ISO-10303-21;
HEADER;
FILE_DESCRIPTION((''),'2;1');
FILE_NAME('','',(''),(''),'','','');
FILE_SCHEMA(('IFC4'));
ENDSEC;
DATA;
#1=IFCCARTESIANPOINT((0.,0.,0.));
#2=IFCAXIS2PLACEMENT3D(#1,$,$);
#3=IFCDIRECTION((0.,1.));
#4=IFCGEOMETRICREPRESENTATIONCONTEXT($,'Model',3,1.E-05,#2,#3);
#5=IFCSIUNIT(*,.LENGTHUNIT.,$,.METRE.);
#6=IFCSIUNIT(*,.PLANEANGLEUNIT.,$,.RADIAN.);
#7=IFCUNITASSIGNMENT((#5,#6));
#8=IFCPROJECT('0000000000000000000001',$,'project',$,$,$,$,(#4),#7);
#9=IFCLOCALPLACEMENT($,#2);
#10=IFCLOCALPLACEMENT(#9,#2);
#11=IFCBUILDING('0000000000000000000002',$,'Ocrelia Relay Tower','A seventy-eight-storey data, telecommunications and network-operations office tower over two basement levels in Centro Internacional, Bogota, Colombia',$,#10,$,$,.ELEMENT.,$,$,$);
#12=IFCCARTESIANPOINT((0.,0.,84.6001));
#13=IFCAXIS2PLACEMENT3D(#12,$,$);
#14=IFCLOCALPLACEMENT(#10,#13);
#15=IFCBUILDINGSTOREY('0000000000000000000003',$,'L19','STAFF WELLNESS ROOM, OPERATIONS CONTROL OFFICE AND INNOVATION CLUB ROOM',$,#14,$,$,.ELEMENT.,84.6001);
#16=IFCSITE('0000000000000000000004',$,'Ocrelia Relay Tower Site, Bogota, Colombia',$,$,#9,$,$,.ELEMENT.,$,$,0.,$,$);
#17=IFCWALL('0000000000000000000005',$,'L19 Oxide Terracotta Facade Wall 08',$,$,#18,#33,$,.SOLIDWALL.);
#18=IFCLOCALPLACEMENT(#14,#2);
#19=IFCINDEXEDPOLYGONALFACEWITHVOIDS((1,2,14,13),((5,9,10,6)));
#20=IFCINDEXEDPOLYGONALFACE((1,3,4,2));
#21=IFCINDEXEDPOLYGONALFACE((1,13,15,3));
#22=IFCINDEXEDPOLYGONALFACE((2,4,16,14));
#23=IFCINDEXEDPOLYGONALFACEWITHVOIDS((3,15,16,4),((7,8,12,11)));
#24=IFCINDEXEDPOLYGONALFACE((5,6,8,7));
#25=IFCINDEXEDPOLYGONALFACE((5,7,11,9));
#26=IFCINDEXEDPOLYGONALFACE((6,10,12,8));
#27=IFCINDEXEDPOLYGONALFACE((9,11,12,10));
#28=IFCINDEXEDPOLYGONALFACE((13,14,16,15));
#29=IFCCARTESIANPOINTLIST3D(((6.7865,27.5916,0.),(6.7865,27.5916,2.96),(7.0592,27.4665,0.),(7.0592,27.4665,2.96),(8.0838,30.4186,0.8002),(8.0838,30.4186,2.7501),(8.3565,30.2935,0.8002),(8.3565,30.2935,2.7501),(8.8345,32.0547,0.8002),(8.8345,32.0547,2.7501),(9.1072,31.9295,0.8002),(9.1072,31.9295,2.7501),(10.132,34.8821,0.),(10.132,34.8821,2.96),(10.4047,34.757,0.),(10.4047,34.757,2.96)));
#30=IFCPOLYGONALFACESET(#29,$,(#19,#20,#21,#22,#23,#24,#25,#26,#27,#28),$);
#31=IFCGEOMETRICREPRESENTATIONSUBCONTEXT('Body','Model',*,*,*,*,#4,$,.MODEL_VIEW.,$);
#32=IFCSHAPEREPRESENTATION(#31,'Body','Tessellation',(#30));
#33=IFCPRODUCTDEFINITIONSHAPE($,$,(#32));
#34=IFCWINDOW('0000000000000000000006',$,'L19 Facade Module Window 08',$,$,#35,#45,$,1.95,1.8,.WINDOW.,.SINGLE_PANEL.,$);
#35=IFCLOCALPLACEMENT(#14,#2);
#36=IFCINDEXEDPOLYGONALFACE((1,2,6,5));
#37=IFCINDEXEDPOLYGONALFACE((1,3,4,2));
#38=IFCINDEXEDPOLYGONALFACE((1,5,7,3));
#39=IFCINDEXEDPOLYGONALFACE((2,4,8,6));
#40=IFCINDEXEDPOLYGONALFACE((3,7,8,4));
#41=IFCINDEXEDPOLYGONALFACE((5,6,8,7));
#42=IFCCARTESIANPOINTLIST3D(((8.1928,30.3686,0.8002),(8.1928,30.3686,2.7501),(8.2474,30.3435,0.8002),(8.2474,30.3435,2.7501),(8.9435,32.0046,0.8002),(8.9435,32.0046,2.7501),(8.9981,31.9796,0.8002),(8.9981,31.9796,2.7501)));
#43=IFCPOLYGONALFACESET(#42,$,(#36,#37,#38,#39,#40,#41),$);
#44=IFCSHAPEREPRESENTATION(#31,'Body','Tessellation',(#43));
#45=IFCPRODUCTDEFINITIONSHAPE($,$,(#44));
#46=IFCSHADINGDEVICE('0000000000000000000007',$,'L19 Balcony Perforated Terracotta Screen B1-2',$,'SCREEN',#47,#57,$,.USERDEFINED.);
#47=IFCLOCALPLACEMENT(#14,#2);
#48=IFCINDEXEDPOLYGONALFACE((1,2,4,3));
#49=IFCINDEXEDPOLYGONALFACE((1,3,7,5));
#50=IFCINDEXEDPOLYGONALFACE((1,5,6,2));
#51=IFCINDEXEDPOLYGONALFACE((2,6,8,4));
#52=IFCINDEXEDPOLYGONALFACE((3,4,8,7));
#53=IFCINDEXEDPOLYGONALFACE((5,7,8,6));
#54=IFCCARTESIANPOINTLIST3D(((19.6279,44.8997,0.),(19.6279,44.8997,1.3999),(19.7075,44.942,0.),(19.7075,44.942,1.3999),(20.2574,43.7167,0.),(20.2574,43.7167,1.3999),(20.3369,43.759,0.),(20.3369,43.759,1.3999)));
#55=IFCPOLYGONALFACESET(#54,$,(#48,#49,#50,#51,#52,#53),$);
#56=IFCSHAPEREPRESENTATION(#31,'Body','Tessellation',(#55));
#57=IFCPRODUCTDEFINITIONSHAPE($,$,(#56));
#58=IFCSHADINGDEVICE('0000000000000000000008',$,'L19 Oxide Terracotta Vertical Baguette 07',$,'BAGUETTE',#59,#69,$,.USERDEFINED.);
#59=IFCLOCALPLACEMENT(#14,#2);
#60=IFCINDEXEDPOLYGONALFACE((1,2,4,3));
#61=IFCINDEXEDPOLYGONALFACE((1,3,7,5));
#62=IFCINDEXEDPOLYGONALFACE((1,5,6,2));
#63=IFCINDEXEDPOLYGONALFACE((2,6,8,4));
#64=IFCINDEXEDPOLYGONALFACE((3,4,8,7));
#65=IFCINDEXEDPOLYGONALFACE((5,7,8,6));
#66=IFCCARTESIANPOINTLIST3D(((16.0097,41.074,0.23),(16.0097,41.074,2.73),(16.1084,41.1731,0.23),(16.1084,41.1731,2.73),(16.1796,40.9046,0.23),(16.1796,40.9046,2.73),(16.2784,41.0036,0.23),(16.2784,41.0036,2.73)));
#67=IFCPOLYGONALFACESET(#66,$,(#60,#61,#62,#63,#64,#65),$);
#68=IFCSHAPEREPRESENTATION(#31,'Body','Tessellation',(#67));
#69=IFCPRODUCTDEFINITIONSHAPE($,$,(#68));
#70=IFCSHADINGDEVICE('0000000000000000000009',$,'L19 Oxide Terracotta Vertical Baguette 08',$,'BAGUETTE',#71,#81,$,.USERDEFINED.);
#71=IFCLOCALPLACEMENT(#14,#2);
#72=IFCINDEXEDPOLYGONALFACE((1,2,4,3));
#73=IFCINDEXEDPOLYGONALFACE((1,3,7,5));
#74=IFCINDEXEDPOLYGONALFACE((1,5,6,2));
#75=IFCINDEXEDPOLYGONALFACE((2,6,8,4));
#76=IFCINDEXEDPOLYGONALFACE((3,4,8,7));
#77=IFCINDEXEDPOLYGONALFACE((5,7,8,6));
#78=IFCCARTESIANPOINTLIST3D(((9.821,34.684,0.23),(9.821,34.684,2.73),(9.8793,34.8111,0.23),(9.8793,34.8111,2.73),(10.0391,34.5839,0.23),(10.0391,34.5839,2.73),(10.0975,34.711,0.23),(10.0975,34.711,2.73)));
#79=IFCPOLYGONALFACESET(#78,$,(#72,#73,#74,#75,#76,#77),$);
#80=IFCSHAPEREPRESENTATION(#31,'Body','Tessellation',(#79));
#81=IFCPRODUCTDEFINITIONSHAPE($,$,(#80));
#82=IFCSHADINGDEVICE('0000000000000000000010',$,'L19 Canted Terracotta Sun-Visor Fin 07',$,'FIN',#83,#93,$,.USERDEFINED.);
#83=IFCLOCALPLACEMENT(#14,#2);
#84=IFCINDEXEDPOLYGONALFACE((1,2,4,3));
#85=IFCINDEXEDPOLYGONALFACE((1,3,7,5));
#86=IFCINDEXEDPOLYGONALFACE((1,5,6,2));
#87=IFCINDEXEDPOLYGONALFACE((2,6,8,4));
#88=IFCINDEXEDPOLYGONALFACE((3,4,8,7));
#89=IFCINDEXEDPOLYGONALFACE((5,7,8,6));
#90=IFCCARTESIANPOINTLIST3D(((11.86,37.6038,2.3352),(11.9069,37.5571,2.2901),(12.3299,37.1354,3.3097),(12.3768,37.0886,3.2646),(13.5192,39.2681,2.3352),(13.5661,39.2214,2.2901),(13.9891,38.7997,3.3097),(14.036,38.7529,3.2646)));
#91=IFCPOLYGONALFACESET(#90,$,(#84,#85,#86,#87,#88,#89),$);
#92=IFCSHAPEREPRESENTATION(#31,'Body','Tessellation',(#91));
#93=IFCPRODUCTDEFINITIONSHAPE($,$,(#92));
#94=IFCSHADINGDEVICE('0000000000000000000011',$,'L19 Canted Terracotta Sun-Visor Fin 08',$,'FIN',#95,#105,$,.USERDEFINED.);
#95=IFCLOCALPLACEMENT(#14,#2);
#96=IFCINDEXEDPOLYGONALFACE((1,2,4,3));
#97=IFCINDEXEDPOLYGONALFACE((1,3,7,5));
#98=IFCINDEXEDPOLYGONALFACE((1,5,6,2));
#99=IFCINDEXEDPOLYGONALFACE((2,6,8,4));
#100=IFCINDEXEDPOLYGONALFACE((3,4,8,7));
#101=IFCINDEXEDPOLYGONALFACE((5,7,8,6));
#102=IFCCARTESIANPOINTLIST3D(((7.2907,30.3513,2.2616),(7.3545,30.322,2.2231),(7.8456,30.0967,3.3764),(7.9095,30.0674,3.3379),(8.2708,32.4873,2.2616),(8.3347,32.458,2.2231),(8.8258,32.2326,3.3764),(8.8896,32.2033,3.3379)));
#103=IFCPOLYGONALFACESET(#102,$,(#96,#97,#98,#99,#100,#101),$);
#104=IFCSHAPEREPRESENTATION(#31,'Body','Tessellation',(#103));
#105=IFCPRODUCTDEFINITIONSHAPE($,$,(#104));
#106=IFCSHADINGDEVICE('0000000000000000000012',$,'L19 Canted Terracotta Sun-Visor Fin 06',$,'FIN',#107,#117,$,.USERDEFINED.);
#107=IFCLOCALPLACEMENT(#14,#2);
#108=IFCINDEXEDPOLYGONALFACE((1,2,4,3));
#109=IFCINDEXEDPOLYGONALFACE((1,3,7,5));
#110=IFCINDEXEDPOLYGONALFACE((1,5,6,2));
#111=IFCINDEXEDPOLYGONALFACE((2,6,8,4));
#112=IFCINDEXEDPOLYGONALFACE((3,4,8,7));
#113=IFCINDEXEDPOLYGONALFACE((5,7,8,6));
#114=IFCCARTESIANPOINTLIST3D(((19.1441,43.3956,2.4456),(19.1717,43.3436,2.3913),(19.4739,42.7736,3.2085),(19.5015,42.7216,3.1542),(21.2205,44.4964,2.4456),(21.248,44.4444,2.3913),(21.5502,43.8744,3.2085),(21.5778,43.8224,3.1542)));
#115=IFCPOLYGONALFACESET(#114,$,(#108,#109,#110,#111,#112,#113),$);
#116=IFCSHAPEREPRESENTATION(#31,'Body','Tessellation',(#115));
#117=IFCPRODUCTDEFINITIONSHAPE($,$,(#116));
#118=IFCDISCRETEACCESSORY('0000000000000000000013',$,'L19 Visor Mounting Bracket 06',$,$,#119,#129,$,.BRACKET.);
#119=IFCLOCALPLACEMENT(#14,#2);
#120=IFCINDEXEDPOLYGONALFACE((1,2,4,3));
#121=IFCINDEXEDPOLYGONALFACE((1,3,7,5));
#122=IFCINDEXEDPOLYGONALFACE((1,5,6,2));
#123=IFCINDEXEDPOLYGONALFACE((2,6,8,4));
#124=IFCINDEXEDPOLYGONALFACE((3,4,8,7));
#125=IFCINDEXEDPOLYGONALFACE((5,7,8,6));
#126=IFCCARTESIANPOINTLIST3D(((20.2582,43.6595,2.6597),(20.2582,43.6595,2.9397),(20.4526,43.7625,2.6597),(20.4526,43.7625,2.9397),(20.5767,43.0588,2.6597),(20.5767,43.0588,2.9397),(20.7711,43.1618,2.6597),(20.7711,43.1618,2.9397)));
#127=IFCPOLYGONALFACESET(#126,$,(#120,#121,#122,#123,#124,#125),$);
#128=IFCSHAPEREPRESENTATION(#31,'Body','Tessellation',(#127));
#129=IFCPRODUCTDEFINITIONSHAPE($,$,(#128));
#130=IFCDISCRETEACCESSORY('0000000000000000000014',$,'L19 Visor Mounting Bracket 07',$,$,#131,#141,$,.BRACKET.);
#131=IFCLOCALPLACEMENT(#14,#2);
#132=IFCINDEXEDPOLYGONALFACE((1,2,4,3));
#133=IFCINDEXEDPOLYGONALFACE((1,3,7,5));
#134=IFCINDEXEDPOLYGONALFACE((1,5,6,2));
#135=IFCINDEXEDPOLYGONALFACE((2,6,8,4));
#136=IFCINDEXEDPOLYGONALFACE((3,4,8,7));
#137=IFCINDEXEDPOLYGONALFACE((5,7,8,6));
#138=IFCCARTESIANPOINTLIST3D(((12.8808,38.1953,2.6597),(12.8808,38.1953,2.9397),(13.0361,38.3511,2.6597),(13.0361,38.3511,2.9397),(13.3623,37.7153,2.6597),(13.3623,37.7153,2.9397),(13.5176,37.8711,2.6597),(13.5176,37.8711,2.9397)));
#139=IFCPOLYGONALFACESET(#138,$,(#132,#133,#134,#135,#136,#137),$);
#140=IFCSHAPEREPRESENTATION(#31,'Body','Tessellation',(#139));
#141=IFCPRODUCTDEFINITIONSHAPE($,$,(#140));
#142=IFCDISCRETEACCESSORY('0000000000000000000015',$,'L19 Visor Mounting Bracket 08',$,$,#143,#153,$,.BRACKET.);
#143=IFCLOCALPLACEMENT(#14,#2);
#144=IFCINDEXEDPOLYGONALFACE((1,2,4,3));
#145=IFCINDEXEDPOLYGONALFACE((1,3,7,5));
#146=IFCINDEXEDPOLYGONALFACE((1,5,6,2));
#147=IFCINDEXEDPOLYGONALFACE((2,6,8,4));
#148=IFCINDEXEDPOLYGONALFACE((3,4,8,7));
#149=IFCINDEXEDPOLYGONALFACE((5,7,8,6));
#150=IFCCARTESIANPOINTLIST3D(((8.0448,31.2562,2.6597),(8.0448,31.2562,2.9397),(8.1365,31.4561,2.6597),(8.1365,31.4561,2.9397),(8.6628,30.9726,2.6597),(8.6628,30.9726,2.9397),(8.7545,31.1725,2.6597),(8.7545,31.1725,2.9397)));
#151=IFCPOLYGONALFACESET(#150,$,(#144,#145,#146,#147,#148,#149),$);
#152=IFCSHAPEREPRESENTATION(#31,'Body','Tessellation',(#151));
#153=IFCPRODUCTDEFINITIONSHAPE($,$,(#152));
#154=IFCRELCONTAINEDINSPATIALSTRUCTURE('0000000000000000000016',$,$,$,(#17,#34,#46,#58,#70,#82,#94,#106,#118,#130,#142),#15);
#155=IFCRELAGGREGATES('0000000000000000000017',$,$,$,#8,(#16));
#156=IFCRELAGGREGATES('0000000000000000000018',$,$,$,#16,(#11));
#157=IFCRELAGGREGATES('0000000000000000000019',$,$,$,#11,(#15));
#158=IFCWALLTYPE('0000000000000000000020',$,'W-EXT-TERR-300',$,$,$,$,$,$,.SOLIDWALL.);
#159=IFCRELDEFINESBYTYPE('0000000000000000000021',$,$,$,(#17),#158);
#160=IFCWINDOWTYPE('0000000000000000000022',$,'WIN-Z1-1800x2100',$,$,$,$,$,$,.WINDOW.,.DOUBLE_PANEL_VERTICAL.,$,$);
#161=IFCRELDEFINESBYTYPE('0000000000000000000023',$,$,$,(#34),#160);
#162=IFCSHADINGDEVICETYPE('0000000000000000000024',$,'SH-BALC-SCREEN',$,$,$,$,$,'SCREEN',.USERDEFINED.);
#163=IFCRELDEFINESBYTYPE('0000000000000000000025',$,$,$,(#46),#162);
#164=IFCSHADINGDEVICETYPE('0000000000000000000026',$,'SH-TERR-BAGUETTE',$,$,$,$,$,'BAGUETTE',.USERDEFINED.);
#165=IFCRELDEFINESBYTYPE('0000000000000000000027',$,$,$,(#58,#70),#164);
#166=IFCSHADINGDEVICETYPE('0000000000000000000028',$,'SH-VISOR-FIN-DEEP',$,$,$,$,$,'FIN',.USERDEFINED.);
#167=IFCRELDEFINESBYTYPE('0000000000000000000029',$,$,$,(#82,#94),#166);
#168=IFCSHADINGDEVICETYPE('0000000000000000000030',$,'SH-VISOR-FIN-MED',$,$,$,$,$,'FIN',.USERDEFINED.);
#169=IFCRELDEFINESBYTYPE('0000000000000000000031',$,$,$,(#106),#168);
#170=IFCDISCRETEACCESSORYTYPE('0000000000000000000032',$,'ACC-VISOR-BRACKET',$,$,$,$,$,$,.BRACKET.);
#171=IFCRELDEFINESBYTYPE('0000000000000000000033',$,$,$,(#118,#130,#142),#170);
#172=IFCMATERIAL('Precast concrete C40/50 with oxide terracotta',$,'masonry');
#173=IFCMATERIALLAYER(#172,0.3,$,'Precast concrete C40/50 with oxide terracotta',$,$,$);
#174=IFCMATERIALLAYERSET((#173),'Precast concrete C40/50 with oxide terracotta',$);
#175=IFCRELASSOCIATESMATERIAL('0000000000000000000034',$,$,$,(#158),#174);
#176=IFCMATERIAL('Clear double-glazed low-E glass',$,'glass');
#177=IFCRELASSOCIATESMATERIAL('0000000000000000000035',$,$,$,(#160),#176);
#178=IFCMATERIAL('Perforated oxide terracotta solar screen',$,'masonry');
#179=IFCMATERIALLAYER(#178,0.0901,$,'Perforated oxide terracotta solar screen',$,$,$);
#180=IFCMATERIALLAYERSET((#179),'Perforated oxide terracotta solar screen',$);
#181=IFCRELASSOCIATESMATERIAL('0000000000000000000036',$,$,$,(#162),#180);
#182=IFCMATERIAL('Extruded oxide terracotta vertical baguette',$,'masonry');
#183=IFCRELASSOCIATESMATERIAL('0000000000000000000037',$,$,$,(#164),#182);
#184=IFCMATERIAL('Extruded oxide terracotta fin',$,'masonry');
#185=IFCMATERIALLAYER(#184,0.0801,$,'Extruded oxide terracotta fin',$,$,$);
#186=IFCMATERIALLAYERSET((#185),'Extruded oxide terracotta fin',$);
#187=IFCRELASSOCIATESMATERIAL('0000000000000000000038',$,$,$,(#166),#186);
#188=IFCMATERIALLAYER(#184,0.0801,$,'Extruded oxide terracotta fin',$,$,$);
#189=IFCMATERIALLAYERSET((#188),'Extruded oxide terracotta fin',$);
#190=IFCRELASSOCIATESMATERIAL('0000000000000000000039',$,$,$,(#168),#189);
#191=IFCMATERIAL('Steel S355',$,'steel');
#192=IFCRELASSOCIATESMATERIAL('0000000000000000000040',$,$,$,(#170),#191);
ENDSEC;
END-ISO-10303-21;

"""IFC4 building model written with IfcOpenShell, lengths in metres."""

from ifc_helpers import new_model, si_unit, direction, frame, frame_2d, origin, origin_2d, place, context, subcontext, project, spatial, rectangle, extrude, material, layer, layer_set, type_object, element, fill, save


model = new_model("IFC4")

# Units and contexts
model_context = context("Model", 3, precision=1e-05, world=origin(), true_north=direction((0.0, 1.0)))
body_context = subcontext(model_context, "Body", "Model", "MODEL_VIEW")
ifc_project = project(units=[si_unit("LENGTHUNIT", "METRE"), si_unit("PLANEANGLEUNIT", "RADIAN")], contexts=[model_context])

# Site, building, storey
site_placement = place(None, origin())
site = spatial("IfcSite", under=ifc_project, at=site_placement, Name="Ocrelia Relay Tower Site, Bogota, Colombia", CompositionType="ELEMENT", RefElevation=0.0)
building_placement = place(site_placement, origin())
building = spatial("IfcBuilding", under=site, at=building_placement, Name="Ocrelia Relay Tower", Description="A seventy-eight-storey data, telecommunications and network-operations office tower over two basement levels in Centro Internacional, Bogota, Colombia", CompositionType="ELEMENT")
storey_placement = place(building_placement, frame((0.0, 0.0, 84.6001)))
storey = spatial("IfcBuildingStorey", under=building, at=storey_placement, Name="L19", Description="STAFF WELLNESS ROOM, OPERATIONS CONTROL OFFICE AND INNOVATION CLUB ROOM", CompositionType="ELEMENT", Elevation=84.6001)

# Shared definitions
ifc_material_1 = material(Name="Steel S355", Category="steel")

# Wall, opening, window
ifc_material_2 = material(Name="Precast concrete C40/50 with oxide terracotta", Category="masonry")
ifc_layer_1 = layer(ifc_material_2, 0.3, Name="Precast concrete C40/50 with oxide terracotta")
ifc_layer_set_1 = layer_set([ifc_layer_1], Name="Precast concrete C40/50 with oxide terracotta")
wall_type_1 = type_object("IfcWallType", Name="W-EXT-TERR-300", PredefinedType="SOLIDWALL", material=ifc_layer_set_1)
ifc_material_3 = material(Name="Clear double-glazed low-E glass", Category="glass")
window_type = type_object("IfcWindowType", Name="WIN-Z1-1800x2100", PartitioningType="DOUBLE_PANEL_VERTICAL", PredefinedType="WINDOW", material=ifc_material_3)
wall_1_placement = place(storey_placement, frame((10.2683, 34.8196, 0.0), z_axis=(0.0, 0.0, 1.0), x_axis=(-0.417063, -0.908877, 0.0)))
wall_1 = element("IfcWall", 1, at=wall_1_placement, inside=storey, type_object=wall_type_1, Name="L19 Oxide Terracotta Facade Wall 08", PredefinedType="SOLIDWALL", context=body_context, shape_type="SweptSolid", body=[
    extrude(rectangle(XDim=8.0215, YDim=0.3, at=frame_2d((4.0107, 0.0))), origin(), (0.0, 0.0, 1.0), 2.96),
])
opening_1_placement = place(wall_1_placement, frame((3.1111, 0.0, 0.8)))
opening_1 = element("IfcOpeningElement", 2, at=opening_1_placement, cuts=wall_1, PredefinedType="OPENING", context=body_context, shape_type="SweptSolid", body=[
    extrude(rectangle(XDim=1.8, YDim=1.95, at=frame_2d((0.8999, 0.9751))), frame((0.0, 0.1602, 0.0), z_axis=(0.0, -1.0, 0.0), x_axis=(1.0, 0.0, 0.0)), (0.0, 0.0, 1.0), 0.3201),
])
window_1_placement = place(opening_1_placement, origin())
window_1 = element("IfcWindow", 3, at=window_1_placement, inside=storey, type_object=window_type, Name="L19 Facade Module Window 08", OverallHeight=1.95, OverallWidth=1.8, PartitioningType="SINGLE_PANEL", PredefinedType="WINDOW", context=body_context, shape_type="SweptSolid", body=[
    extrude(rectangle(XDim=1.8, YDim=1.95, at=frame_2d((0.8999, 0.9751))), frame((0.0, 0.03, 0.0), z_axis=(0.0, -1.0, 0.0), x_axis=(1.0, 0.0, 0.0)), (0.0, 0.0, 1.0), 0.0601),
])
fill(opening_1, window_1)

# Shading devices
ifc_material_4 = material(Name="Perforated oxide terracotta solar screen", Category="masonry")
ifc_layer_2 = layer(ifc_material_4, 0.0901, Name="Perforated oxide terracotta solar screen")
ifc_layer_set_2 = layer_set([ifc_layer_2], Name="Perforated oxide terracotta solar screen")
shading_device_type_1 = type_object("IfcShadingDeviceType", Name="SH-BALC-SCREEN", ElementType="SCREEN", PredefinedType="USERDEFINED", material=ifc_layer_set_2)
shading_device_1_placement = place(storey_placement, frame((19.9824, 44.3293, 0.0), z_axis=(0.0, 0.0, 1.0), x_axis=(-0.46972, 0.882815, 0.0)))
element("IfcShadingDevice", 4, at=shading_device_1_placement, inside=storey, type_object=shading_device_type_1, Name="L19 Balcony Perforated Terracotta Screen B1-2", ObjectType="SCREEN", PredefinedType="USERDEFINED", context=body_context, shape_type="SweptSolid", body=[
    extrude(rectangle(XDim=1.3401, YDim=0.0901, at=origin_2d()), origin(), (0.0, 0.0, 1.0), 1.3999),
])
ifc_material_5 = material(Name="Extruded oxide terracotta vertical baguette", Category="masonry")
shading_device_type_2 = type_object("IfcShadingDeviceType", Name="SH-TERR-BAGUETTE", ElementType="BAGUETTE", PredefinedType="USERDEFINED", material=ifc_material_5)
for number, where, z_axis, x_axis, name in (
    (5, (16.144, 41.0388, 0.23), (0.0, 0.0, 1.0), (-0.706031, -0.708181, 0.0), "L19 Oxide Terracotta Vertical Baguette 07"),
    (6, (9.9592, 34.6975, 0.23), (0.0, 0.0, 1.0), (-0.417064, -0.908877, 0.0), "L19 Oxide Terracotta Vertical Baguette 08"),
):
    element("IfcShadingDevice", number, at=place(storey_placement, frame(where, z_axis=z_axis, x_axis=x_axis)), inside=storey, type_object=shading_device_type_2, Name=name, ObjectType="BAGUETTE", PredefinedType="USERDEFINED", context=body_context, shape_type="SweptSolid", body=[
        extrude(rectangle(XDim=0.1399, YDim=0.24, at=origin_2d()), origin(), (0.0, 0.0, 1.0), 2.5),
    ])
ifc_material_6 = material(Name="Extruded oxide terracotta fin", Category="masonry")
ifc_layer_3 = layer(ifc_material_6, 0.0801, Name="Extruded oxide terracotta fin")
ifc_layer_set_3 = layer_set([ifc_layer_3], Name="Extruded oxide terracotta fin")
shading_device_type_3 = type_object("IfcShadingDeviceType", Name="SH-VISOR-FIN-DEEP", ElementType="FIN", PredefinedType="USERDEFINED", material=ifc_layer_set_3)
shading_device_2_placement = place(storey_placement, frame((12.9714, 38.155, 2.7773), z_axis=(-0.585375, 0.583598, 0.562805), x_axis=(-0.706031, -0.708181, 0.0)))
element("IfcShadingDevice", 7, at=shading_device_2_placement, inside=storey, type_object=shading_device_type_3, Name="L19 Canted Terracotta Sun-Visor Fin 07", ObjectType="FIN", PredefinedType="USERDEFINED", context=body_context, shape_type="SweptSolid", body=[
    extrude(rectangle(XDim=2.3501, YDim=1.179, at=origin_2d()), origin(), (0.0, 0.0, 1.0), 0.0801),
])
shading_device_3_placement = place(storey_placement, frame((8.1221, 31.2627, 2.7805), z_axis=(-0.797142, 0.365791, 0.480377), x_axis=(-0.417064, -0.908877, 0.0)))
element("IfcShadingDevice", 8, at=shading_device_3_placement, inside=storey, type_object=shading_device_type_3, Name="L19 Canted Terracotta Sun-Visor Fin 08", ObjectType="FIN", PredefinedType="USERDEFINED", context=body_context, shape_type="SweptSolid", body=[
    extrude(rectangle(XDim=2.3501, YDim=1.271, at=origin_2d()), origin(), (0.0, 0.0, 1.0), 0.0801),
])
ifc_layer_4 = layer(ifc_material_6, 0.0801, Name="Extruded oxide terracotta fin")
ifc_layer_set_4 = layer_set([ifc_layer_4], Name="Extruded oxide terracotta fin")
shading_device_type_4 = type_object("IfcShadingDeviceType", Name="SH-VISOR-FIN-MED", ElementType="FIN", PredefinedType="USERDEFINED", material=ifc_layer_set_4)
shading_device_4_placement = place(storey_placement, frame((20.3748, 43.583, 2.7727), z_axis=(-0.344254, 0.649299, 0.67816), x_axis=(-0.883502, -0.468427, 0.0)))
element("IfcShadingDevice", 9, at=shading_device_4_placement, inside=storey, type_object=shading_device_type_4, Name="L19 Canted Terracotta Sun-Visor Fin 06", ObjectType="FIN", PredefinedType="USERDEFINED", context=body_context, shape_type="SweptSolid", body=[
    extrude(rectangle(XDim=2.3501, YDim=1.0381, at=origin_2d()), origin(), (0.0, 0.0, 1.0), 0.0801),
])

# Discrete accessories
discrete_accessory_type = type_object("IfcDiscreteAccessoryType", Name="ACC-VISOR-BRACKET", PredefinedType="BRACKET", material=ifc_material_1)
for number, where, z_axis, x_axis, name in (
    (10, (20.5146, 43.4106, 2.6597), (0.0, 0.0, 1.0), (-0.883502, -0.468427, 0.0), "L19 Visor Mounting Bracket 06"),
    (11, (13.1992, 38.0332, 2.6597), (0.0, 0.0, 1.0), (-0.706031, -0.708181, 0.0), "L19 Visor Mounting Bracket 07"),
    (12, (8.3997, 31.2144, 2.6597), (0.0, 0.0, 1.0), (-0.417064, -0.908877, 0.0), "L19 Visor Mounting Bracket 08"),
):
    element("IfcDiscreteAccessory", number, at=place(storey_placement, frame(where, z_axis=z_axis, x_axis=x_axis)), inside=storey, type_object=discrete_accessory_type, Name=name, PredefinedType="BRACKET", context=body_context, shape_type="SweptSolid", body=[
        extrude(rectangle(XDim=0.22, YDim=0.6799, at=origin_2d()), origin(), (0.0, 0.0, 1.0), 0.28),
    ])

save(model, "model.ifc")
